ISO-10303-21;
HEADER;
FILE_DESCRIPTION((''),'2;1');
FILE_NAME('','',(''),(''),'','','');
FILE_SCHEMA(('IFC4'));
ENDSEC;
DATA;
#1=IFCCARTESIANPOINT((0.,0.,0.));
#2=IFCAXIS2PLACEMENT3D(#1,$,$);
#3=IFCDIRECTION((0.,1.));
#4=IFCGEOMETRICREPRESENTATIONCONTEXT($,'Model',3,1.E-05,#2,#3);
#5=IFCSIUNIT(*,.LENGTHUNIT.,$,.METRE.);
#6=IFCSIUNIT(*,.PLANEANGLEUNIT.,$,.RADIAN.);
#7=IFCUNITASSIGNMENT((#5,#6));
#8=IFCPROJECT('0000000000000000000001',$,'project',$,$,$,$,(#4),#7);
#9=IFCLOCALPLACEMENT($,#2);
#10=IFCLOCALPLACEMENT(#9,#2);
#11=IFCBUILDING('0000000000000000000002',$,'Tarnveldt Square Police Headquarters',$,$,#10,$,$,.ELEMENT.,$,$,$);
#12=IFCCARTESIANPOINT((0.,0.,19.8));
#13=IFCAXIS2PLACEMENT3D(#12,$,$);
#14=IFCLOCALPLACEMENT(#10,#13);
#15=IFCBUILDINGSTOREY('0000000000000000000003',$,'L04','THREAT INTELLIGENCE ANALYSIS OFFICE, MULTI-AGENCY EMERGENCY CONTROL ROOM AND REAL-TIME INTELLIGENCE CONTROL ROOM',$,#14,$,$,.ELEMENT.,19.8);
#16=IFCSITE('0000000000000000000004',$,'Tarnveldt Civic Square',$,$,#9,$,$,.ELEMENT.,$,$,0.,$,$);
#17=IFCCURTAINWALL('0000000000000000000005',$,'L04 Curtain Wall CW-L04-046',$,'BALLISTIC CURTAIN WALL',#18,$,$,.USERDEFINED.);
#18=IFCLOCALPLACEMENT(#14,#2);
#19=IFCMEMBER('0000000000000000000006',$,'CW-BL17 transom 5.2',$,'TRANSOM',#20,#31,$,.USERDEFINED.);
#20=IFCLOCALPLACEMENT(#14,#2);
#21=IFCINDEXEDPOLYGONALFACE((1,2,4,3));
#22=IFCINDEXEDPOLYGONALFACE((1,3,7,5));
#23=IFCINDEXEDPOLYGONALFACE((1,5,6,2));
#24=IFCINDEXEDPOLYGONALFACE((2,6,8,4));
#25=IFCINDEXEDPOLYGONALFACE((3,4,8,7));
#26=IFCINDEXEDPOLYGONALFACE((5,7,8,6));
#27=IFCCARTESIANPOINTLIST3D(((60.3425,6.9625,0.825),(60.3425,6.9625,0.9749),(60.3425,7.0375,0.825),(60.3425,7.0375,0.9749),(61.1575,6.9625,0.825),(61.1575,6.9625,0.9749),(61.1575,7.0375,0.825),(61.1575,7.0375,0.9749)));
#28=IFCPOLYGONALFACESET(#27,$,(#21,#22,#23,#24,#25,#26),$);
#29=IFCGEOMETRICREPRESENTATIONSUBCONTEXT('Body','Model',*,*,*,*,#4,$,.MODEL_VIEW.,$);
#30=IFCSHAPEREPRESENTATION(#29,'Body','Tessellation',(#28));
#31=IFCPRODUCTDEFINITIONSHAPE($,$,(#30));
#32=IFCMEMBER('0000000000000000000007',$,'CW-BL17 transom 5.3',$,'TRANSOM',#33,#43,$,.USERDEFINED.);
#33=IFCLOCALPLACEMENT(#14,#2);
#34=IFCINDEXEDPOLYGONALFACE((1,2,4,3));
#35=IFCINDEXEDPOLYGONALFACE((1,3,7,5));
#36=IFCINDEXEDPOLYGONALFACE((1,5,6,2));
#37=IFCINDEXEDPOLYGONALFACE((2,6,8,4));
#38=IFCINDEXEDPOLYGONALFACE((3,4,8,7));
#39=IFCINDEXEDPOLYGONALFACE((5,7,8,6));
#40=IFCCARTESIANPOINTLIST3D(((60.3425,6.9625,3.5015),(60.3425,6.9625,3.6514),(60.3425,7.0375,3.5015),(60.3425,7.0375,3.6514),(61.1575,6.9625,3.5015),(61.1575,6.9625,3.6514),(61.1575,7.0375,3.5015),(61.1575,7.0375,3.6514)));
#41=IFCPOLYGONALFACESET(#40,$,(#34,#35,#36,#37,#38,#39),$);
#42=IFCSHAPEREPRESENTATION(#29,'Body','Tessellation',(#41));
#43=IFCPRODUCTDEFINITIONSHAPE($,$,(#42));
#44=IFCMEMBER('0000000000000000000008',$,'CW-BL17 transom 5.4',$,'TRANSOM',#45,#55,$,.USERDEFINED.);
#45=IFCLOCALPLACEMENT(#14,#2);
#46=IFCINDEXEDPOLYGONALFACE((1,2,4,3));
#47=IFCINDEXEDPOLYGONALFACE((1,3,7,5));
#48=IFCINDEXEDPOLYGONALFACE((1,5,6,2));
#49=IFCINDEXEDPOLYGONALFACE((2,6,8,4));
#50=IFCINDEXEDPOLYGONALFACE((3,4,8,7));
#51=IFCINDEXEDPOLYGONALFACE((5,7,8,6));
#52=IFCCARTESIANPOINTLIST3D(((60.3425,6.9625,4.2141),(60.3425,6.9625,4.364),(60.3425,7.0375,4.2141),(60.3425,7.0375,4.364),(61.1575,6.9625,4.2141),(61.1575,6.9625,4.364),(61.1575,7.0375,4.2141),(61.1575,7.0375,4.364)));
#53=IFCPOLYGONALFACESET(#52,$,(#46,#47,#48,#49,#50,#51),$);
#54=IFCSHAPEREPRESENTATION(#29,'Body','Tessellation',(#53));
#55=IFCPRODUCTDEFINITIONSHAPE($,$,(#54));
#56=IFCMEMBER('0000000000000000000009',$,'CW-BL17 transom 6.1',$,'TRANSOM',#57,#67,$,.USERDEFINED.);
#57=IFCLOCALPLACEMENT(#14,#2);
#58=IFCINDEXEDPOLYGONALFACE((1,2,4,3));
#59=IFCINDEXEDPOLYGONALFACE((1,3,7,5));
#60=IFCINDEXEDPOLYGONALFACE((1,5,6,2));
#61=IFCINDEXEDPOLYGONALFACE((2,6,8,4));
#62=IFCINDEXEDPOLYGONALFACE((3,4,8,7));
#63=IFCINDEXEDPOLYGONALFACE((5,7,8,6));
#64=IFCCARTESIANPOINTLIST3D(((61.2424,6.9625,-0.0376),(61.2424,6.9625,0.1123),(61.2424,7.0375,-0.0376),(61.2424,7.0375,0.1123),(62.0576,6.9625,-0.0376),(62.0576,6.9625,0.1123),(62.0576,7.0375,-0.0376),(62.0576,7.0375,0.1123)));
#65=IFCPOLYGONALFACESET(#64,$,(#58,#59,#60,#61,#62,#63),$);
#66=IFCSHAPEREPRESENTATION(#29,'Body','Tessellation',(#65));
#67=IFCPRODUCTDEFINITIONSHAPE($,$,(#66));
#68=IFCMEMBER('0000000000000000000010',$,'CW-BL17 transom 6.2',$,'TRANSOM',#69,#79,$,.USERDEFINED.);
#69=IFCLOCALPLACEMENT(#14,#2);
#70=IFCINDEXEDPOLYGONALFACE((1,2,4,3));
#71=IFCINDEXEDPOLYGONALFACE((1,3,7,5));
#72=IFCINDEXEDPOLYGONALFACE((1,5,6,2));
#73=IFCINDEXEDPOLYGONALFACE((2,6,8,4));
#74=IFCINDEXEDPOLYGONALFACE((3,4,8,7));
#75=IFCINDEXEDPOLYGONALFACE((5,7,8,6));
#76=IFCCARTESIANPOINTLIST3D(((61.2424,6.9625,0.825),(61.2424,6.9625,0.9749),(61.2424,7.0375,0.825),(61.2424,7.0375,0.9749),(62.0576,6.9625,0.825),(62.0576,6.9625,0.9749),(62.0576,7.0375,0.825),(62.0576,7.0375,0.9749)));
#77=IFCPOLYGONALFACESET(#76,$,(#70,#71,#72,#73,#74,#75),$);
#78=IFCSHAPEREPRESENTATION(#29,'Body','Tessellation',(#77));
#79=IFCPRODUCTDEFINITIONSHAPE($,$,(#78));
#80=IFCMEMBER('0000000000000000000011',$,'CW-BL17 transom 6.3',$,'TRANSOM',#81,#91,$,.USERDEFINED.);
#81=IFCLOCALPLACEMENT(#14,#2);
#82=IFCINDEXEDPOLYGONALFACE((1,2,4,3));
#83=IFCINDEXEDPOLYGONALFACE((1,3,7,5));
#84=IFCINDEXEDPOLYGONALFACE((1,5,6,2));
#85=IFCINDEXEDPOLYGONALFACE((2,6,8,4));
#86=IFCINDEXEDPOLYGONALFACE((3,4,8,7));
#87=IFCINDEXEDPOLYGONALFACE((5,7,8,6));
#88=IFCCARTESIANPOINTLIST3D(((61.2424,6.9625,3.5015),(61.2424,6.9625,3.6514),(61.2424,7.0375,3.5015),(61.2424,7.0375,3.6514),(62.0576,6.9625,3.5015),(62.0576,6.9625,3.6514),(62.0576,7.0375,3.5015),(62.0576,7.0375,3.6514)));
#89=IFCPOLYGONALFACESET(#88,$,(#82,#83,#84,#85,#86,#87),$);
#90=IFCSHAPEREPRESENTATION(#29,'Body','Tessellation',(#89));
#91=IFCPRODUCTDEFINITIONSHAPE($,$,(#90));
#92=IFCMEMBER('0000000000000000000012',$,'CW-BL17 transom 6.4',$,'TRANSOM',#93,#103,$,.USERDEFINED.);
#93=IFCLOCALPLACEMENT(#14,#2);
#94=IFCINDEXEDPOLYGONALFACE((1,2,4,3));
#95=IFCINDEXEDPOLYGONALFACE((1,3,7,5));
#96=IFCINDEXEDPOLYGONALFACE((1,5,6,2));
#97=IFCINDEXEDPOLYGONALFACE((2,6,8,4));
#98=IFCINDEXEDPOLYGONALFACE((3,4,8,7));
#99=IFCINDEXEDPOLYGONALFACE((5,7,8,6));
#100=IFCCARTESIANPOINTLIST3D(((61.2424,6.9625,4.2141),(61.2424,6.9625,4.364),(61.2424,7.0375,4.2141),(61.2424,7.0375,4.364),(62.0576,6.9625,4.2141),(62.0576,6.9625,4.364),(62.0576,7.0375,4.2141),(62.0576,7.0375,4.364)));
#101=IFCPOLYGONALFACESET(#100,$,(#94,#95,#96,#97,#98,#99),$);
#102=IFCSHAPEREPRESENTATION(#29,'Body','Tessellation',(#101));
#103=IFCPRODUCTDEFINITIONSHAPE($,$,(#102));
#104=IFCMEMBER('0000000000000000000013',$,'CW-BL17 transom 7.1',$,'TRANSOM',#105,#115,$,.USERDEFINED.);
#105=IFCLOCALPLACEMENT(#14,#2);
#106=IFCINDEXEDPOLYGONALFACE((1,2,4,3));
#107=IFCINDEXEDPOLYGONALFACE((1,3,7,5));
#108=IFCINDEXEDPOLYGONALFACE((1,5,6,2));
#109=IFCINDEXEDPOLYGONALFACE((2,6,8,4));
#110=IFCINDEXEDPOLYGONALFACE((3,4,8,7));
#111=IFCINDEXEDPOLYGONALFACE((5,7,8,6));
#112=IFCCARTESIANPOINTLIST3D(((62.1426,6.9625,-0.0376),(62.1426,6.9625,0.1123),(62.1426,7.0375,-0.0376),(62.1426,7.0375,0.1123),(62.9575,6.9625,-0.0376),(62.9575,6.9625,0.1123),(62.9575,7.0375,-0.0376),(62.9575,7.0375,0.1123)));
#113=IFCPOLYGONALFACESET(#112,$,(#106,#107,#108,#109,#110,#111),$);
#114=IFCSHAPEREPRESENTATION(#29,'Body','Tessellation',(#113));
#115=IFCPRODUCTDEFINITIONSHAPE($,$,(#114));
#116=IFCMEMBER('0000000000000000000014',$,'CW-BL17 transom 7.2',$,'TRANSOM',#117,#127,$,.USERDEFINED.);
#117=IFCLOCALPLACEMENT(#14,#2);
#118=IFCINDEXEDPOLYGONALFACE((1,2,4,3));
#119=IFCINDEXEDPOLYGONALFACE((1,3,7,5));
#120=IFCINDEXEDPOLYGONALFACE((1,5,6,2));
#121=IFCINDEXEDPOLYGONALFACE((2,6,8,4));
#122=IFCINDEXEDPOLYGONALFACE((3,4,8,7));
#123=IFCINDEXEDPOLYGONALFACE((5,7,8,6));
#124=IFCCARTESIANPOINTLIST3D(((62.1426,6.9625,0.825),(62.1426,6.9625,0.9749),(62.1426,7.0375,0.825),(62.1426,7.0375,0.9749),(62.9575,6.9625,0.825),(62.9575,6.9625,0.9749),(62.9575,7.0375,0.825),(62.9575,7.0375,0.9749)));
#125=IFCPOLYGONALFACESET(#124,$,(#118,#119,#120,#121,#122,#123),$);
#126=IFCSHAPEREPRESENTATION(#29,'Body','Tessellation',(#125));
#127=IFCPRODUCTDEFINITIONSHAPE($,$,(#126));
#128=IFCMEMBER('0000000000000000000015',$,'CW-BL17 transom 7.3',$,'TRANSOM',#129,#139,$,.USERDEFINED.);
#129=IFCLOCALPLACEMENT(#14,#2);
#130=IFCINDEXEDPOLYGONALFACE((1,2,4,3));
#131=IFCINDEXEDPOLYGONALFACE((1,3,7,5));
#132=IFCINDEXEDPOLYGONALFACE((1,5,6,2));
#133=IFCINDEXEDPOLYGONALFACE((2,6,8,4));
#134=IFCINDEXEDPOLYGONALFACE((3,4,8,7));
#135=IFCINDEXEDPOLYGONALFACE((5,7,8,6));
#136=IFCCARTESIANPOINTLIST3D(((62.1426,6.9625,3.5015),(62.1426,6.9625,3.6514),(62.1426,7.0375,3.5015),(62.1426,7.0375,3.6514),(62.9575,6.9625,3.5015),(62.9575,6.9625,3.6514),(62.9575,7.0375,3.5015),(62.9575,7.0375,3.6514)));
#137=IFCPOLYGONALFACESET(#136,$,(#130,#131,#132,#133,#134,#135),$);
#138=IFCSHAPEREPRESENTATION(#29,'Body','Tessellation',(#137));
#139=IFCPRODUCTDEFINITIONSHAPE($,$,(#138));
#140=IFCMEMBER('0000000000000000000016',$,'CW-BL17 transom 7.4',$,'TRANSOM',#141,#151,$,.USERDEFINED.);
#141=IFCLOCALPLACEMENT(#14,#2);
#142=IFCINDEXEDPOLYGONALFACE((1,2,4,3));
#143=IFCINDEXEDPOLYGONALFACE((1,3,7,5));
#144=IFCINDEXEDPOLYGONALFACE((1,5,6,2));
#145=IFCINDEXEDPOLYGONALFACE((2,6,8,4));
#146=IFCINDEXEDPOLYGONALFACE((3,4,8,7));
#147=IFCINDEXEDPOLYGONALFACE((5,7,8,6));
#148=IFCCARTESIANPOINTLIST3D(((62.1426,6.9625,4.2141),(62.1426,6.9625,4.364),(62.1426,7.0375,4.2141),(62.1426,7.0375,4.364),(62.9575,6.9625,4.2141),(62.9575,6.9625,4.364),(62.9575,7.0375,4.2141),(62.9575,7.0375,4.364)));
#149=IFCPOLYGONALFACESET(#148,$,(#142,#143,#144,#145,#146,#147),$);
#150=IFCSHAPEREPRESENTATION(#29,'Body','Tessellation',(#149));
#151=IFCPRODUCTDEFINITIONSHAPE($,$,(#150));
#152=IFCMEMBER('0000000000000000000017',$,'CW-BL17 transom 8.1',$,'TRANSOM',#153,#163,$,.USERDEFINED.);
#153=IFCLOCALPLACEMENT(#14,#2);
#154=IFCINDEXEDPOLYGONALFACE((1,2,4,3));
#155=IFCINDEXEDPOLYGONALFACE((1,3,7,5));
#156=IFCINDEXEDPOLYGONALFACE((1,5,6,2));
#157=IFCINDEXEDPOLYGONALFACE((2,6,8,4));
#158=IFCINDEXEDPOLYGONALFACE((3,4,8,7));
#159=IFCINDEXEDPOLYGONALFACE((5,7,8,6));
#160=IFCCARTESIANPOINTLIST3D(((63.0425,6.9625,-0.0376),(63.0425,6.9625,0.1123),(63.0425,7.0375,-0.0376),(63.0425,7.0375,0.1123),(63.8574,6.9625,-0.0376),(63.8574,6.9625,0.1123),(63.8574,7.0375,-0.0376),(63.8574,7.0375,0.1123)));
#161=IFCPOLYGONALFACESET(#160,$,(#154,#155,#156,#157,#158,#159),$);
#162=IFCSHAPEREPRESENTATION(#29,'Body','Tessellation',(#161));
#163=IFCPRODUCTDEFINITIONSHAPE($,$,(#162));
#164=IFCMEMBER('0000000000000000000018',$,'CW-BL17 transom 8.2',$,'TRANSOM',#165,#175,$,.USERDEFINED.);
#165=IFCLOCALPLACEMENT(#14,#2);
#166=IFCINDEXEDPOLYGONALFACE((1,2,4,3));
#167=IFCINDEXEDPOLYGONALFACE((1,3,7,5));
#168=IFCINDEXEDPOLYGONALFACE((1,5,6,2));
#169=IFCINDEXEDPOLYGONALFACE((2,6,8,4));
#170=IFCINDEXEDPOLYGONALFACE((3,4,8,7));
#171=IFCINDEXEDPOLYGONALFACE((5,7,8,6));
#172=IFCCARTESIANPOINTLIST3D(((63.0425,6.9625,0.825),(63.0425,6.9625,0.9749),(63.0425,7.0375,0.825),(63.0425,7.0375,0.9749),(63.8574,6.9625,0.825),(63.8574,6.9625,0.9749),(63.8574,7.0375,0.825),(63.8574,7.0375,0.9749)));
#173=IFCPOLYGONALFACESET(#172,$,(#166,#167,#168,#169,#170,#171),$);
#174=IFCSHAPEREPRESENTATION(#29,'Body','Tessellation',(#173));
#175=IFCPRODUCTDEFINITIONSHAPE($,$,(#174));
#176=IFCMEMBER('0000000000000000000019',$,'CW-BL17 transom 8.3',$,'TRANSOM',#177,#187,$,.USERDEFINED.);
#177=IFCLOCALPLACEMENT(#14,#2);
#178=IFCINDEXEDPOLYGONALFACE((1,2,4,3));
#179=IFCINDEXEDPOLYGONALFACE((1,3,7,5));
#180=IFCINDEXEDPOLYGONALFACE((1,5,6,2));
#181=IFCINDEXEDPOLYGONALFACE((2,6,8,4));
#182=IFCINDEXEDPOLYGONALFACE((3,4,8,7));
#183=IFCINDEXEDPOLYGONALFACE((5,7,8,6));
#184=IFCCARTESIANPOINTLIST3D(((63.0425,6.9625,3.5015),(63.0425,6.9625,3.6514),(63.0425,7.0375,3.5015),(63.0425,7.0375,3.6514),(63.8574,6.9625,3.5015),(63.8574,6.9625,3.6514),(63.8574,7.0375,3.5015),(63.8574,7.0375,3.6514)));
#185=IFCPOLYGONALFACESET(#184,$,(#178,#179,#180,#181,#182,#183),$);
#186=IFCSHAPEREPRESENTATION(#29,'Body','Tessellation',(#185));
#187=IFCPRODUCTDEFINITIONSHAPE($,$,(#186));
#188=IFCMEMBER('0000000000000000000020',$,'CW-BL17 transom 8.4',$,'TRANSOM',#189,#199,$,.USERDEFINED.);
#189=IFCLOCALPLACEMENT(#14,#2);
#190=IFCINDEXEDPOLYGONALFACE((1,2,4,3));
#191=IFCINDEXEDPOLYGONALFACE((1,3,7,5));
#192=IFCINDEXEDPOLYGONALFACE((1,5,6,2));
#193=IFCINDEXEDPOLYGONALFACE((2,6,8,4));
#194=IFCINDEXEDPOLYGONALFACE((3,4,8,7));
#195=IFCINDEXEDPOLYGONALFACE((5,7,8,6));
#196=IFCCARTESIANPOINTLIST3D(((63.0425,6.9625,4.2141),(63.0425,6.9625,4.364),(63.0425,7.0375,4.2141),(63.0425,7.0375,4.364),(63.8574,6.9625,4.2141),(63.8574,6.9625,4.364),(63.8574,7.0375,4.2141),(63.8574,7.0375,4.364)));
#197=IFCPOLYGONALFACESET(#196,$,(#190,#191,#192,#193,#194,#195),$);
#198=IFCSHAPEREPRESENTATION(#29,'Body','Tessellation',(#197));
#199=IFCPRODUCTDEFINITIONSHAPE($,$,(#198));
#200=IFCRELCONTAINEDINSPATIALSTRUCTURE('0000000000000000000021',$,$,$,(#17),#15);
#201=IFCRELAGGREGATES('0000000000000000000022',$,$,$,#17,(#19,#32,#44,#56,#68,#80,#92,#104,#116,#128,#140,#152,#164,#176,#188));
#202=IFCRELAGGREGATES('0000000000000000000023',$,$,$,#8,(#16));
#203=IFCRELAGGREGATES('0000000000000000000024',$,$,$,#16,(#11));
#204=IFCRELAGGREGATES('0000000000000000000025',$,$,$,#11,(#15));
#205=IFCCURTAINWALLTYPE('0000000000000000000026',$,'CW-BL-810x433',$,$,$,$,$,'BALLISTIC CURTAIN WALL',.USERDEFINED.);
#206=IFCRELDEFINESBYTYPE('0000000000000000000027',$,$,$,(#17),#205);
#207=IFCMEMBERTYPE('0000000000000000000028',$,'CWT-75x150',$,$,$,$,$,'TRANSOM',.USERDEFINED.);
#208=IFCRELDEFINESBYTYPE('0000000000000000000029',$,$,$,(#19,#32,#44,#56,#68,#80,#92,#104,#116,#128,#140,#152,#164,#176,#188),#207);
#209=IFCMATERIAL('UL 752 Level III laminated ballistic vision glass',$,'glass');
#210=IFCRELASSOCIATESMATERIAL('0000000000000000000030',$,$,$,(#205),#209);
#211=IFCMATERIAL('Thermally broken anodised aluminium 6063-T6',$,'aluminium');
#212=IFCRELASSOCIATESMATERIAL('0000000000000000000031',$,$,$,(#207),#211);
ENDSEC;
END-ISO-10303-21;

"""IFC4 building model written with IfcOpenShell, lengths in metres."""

from ifc_helpers import new_model, si_unit, direction, frame, origin, origin_2d, place, context, subcontext, project, spatial, rectangle, extrude, material, material_profile, profile_set, type_object, element, aggregate, save


model = new_model("IFC4")

# Units and contexts
model_context = context("Model", 3, precision=1e-05, world=origin(), true_north=direction((0.0, 1.0)))
body_context = subcontext(model_context, "Body", "Model", "MODEL_VIEW")
ifc_project = project(units=[si_unit("LENGTHUNIT", "METRE"), si_unit("PLANEANGLEUNIT", "RADIAN")], contexts=[model_context])

# Site, building, storey
site_placement = place(None, origin())
site = spatial("IfcSite", under=ifc_project, at=site_placement, Name="Tarnveldt Civic Square", CompositionType="ELEMENT", RefElevation=0.0)
building_placement = place(site_placement, origin())
building = spatial("IfcBuilding", under=site, at=building_placement, Name="Tarnveldt Square Police Headquarters", CompositionType="ELEMENT")
storey_placement = place(building_placement, frame((0.0, 0.0, 19.8)))
storey = spatial("IfcBuildingStorey", under=building, at=storey_placement, Name="L04", Description="THREAT INTELLIGENCE ANALYSIS OFFICE, MULTI-AGENCY EMERGENCY CONTROL ROOM AND REAL-TIME INTELLIGENCE CONTROL ROOM", CompositionType="ELEMENT", Elevation=19.8)

# Curtain wall, members
ifc_material_1 = material(Name="UL 752 Level III laminated ballistic vision glass", Category="glass")
curtain_wall_type = type_object("IfcCurtainWallType", Name="CW-BL-810x433", ElementType="BALLISTIC CURTAIN WALL", PredefinedType="USERDEFINED", material=ifc_material_1)
curtain_wall_placement = place(storey_placement, origin())
curtain_wall = element("IfcCurtainWall", 1, at=curtain_wall_placement, inside=storey, type_object=curtain_wall_type, Name="L04 Curtain Wall CW-L04-046", ObjectType="BALLISTIC CURTAIN WALL", PredefinedType="USERDEFINED")
ifc_material_2 = material(Name="Thermally broken anodised aluminium 6063-T6", Category="aluminium")
ifc_material_profile_1 = material_profile(ifc_material_2, rectangle(XDim=0.075, YDim=0.1499, at=origin_2d()), Name="CW-T75x150")
ifc_profile_set_1 = profile_set([ifc_material_profile_1], Name="Thermally broken anodised aluminium 6063-T6")
member_type_1 = type_object("IfcMemberType", Name="CWT-75x150", ElementType="TRANSOM", PredefinedType="USERDEFINED", material=ifc_profile_set_1)
member_1_placement = place(storey_placement, frame((60.3425, 7.0, 0.8999), z_axis=(1.0, 0.0, 0.0), x_axis=(0.0, 1.0, 0.0)))
member_1 = element("IfcMember", 2, at=member_1_placement, type_object=member_type_1, Name="CW-BL17 transom 5.2", ObjectType="TRANSOM", PredefinedType="USERDEFINED", context=body_context, shape_type="SweptSolid", body=[
    extrude(rectangle(XDim=0.075, YDim=0.1499, at=origin_2d()), origin(), (0.0, 0.0, 1.0), 0.8149),
])
member_2_placement = place(storey_placement, frame((60.3425, 7.0, 3.5764), z_axis=(1.0, 0.0, 0.0), x_axis=(0.0, 1.0, 0.0)))
member_2 = element("IfcMember", 3, at=member_2_placement, type_object=member_type_1, Name="CW-BL17 transom 5.3", ObjectType="TRANSOM", PredefinedType="USERDEFINED", context=body_context, shape_type="SweptSolid", body=[
    extrude(rectangle(XDim=0.075, YDim=0.1499, at=origin_2d()), origin(), (0.0, 0.0, 1.0), 0.8149),
])
member_3_placement = place(storey_placement, frame((60.3425, 7.0, 4.2891), z_axis=(1.0, 0.0, 0.0), x_axis=(0.0, 1.0, 0.0)))
member_3 = element("IfcMember", 4, at=member_3_placement, type_object=member_type_1, Name="CW-BL17 transom 5.4", ObjectType="TRANSOM", PredefinedType="USERDEFINED", context=body_context, shape_type="SweptSolid", body=[
    extrude(rectangle(XDim=0.075, YDim=0.1499, at=origin_2d()), origin(), (0.0, 0.0, 1.0), 0.8149),
])
member_4_placement = place(storey_placement, frame((61.2424, 7.0, 0.0374), z_axis=(1.0, 0.0, 0.0), x_axis=(0.0, 1.0, 0.0)))
member_4 = element("IfcMember", 5, at=member_4_placement, type_object=member_type_1, Name="CW-BL17 transom 6.1", ObjectType="TRANSOM", PredefinedType="USERDEFINED", context=body_context, shape_type="SweptSolid", body=[
    extrude(rectangle(XDim=0.075, YDim=0.1499, at=origin_2d()), origin(), (0.0, 0.0, 1.0), 0.8152),
])
member_5_placement = place(storey_placement, frame((61.2424, 7.0, 0.8999), z_axis=(1.0, 0.0, 0.0), x_axis=(0.0, 1.0, 0.0)))
member_5 = element("IfcMember", 6, at=member_5_placement, type_object=member_type_1, Name="CW-BL17 transom 6.2", ObjectType="TRANSOM", PredefinedType="USERDEFINED", context=body_context, shape_type="SweptSolid", body=[
    extrude(rectangle(XDim=0.075, YDim=0.1499, at=origin_2d()), origin(), (0.0, 0.0, 1.0), 0.8152),
])
member_6_placement = place(storey_placement, frame((61.2424, 7.0, 3.5764), z_axis=(1.0, 0.0, 0.0), x_axis=(0.0, 1.0, 0.0)))
member_6 = element("IfcMember", 7, at=member_6_placement, type_object=member_type_1, Name="CW-BL17 transom 6.3", ObjectType="TRANSOM", PredefinedType="USERDEFINED", context=body_context, shape_type="SweptSolid", body=[
    extrude(rectangle(XDim=0.075, YDim=0.1499, at=origin_2d()), origin(), (0.0, 0.0, 1.0), 0.8152),
])
member_7_placement = place(storey_placement, frame((61.2424, 7.0, 4.2891), z_axis=(1.0, 0.0, 0.0), x_axis=(0.0, 1.0, 0.0)))
member_7 = element("IfcMember", 8, at=member_7_placement, type_object=member_type_1, Name="CW-BL17 transom 6.4", ObjectType="TRANSOM", PredefinedType="USERDEFINED", context=body_context, shape_type="SweptSolid", body=[
    extrude(rectangle(XDim=0.075, YDim=0.1499, at=origin_2d()), origin(), (0.0, 0.0, 1.0), 0.8152),
])
member_8_placement = place(storey_placement, frame((62.1426, 7.0, 0.0374), z_axis=(1.0, 0.0, 0.0), x_axis=(0.0, 1.0, 0.0)))
member_8 = element("IfcMember", 9, at=member_8_placement, type_object=member_type_1, Name="CW-BL17 transom 7.1", ObjectType="TRANSOM", PredefinedType="USERDEFINED", context=body_context, shape_type="SweptSolid", body=[
    extrude(rectangle(XDim=0.075, YDim=0.1499, at=origin_2d()), origin(), (0.0, 0.0, 1.0), 0.8149),
])
member_9_placement = place(storey_placement, frame((62.1426, 7.0, 0.8999), z_axis=(1.0, 0.0, 0.0), x_axis=(0.0, 1.0, 0.0)))
member_9 = element("IfcMember", 10, at=member_9_placement, type_object=member_type_1, Name="CW-BL17 transom 7.2", ObjectType="TRANSOM", PredefinedType="USERDEFINED", context=body_context, shape_type="SweptSolid", body=[
    extrude(rectangle(XDim=0.075, YDim=0.1499, at=origin_2d()), origin(), (0.0, 0.0, 1.0), 0.8149),
])
member_10_placement = place(storey_placement, frame((62.1426, 7.0, 3.5764), z_axis=(1.0, 0.0, 0.0), x_axis=(0.0, 1.0, 0.0)))
member_10 = element("IfcMember", 11, at=member_10_placement, type_object=member_type_1, Name="CW-BL17 transom 7.3", ObjectType="TRANSOM", PredefinedType="USERDEFINED", context=body_context, shape_type="SweptSolid", body=[
    extrude(rectangle(XDim=0.075, YDim=0.1499, at=origin_2d()), origin(), (0.0, 0.0, 1.0), 0.8149),
])
member_11_placement = place(storey_placement, frame((62.1426, 7.0, 4.2891), z_axis=(1.0, 0.0, 0.0), x_axis=(0.0, 1.0, 0.0)))
member_11 = element("IfcMember", 12, at=member_11_placement, type_object=member_type_1, Name="CW-BL17 transom 7.4", ObjectType="TRANSOM", PredefinedType="USERDEFINED", context=body_context, shape_type="SweptSolid", body=[
    extrude(rectangle(XDim=0.075, YDim=0.1499, at=origin_2d()), origin(), (0.0, 0.0, 1.0), 0.8149),
])
member_12_placement = place(storey_placement, frame((63.0425, 7.0, 0.0374), z_axis=(1.0, 0.0, 0.0), x_axis=(0.0, 1.0, 0.0)))
member_12 = element("IfcMember", 13, at=member_12_placement, type_object=member_type_1, Name="CW-BL17 transom 8.1", ObjectType="TRANSOM", PredefinedType="USERDEFINED", context=body_context, shape_type="SweptSolid", body=[
    extrude(rectangle(XDim=0.075, YDim=0.1499, at=origin_2d()), origin(), (0.0, 0.0, 1.0), 0.8149),
])
member_13_placement = place(storey_placement, frame((63.0425, 7.0, 0.8999), z_axis=(1.0, 0.0, 0.0), x_axis=(0.0, 1.0, 0.0)))
member_13 = element("IfcMember", 14, at=member_13_placement, type_object=member_type_1, Name="CW-BL17 transom 8.2", ObjectType="TRANSOM", PredefinedType="USERDEFINED", context=body_context, shape_type="SweptSolid", body=[
    extrude(rectangle(XDim=0.075, YDim=0.1499, at=origin_2d()), origin(), (0.0, 0.0, 1.0), 0.8149),
])
member_14_placement = place(storey_placement, frame((63.0425, 7.0, 3.5764), z_axis=(1.0, 0.0, 0.0), x_axis=(0.0, 1.0, 0.0)))
member_14 = element("IfcMember", 15, at=member_14_placement, type_object=member_type_1, Name="CW-BL17 transom 8.3", ObjectType="TRANSOM", PredefinedType="USERDEFINED", context=body_context, shape_type="SweptSolid", body=[
    extrude(rectangle(XDim=0.075, YDim=0.1499, at=origin_2d()), origin(), (0.0, 0.0, 1.0), 0.8149),
])
member_15_placement = place(storey_placement, frame((63.0425, 7.0, 4.2891), z_axis=(1.0, 0.0, 0.0), x_axis=(0.0, 1.0, 0.0)))
member_15 = element("IfcMember", 16, at=member_15_placement, type_object=member_type_1, Name="CW-BL17 transom 8.4", ObjectType="TRANSOM", PredefinedType="USERDEFINED", context=body_context, shape_type="SweptSolid", body=[
    extrude(rectangle(XDim=0.075, YDim=0.1499, at=origin_2d()), origin(), (0.0, 0.0, 1.0), 0.8149),
])
aggregate(curtain_wall, [member_1, member_2, member_3, member_4, member_5, member_6, member_7, member_8, member_9, member_10, member_11, member_12, member_13, member_14, member_15])

save(model, "model.ifc")
